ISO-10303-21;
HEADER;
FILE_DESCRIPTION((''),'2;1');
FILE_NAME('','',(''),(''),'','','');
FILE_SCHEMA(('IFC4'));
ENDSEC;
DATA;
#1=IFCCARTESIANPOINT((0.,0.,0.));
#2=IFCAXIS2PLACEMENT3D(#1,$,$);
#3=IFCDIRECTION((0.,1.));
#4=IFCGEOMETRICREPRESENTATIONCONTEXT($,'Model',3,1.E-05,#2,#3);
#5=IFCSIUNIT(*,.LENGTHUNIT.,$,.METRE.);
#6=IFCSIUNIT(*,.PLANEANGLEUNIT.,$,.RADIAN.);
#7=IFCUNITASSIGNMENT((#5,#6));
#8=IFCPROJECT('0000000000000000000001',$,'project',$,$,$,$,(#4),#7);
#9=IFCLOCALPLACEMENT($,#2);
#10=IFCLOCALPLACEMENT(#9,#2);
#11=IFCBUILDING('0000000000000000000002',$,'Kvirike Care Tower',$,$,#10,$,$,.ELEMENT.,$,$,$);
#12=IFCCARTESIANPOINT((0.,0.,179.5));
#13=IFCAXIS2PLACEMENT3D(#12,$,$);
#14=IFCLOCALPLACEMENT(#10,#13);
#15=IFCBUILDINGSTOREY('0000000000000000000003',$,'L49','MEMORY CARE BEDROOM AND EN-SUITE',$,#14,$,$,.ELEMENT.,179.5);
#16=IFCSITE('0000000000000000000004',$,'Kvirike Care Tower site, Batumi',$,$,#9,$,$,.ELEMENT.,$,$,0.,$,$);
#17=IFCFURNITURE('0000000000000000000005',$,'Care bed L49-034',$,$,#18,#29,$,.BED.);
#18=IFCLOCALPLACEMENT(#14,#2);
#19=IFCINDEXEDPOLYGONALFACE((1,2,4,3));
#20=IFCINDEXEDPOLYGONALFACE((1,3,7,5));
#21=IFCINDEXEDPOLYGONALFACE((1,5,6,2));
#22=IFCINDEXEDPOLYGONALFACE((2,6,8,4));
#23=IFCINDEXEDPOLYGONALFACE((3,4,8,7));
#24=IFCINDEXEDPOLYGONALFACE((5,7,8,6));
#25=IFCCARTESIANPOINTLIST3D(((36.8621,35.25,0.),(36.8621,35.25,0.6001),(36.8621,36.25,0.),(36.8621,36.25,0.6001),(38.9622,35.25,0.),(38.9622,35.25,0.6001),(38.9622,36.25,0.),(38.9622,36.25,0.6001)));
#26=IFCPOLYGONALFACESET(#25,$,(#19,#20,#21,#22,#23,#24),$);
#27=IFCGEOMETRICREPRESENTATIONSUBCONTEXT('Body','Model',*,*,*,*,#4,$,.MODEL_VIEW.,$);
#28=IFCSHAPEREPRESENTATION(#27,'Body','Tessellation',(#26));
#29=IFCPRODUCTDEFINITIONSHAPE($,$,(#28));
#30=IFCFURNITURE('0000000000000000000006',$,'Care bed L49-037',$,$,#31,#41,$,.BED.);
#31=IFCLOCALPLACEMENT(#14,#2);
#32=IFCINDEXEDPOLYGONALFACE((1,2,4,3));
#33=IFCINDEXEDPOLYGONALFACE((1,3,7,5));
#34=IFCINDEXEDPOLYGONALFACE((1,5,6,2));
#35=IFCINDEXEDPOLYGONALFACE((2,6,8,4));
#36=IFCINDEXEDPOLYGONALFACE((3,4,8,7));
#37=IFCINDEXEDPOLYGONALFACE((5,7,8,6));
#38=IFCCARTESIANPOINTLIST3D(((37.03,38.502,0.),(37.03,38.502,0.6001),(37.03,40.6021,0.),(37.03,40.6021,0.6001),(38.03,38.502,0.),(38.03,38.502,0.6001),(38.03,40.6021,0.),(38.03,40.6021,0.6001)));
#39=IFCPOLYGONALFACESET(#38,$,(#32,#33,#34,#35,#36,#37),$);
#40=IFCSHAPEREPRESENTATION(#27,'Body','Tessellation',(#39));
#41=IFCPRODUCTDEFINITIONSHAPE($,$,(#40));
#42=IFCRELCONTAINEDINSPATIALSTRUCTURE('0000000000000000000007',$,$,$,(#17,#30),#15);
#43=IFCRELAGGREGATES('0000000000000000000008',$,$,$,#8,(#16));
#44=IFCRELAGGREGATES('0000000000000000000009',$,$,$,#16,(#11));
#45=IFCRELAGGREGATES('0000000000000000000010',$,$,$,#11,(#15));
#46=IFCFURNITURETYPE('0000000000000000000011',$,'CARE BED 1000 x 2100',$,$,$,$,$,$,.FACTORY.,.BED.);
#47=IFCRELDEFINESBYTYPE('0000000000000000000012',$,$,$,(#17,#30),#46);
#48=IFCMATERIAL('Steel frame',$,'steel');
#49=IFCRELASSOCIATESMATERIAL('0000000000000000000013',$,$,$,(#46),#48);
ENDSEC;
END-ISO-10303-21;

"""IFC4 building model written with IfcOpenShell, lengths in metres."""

from ifc_helpers import new_model, si_unit, direction, frame, origin, origin_2d, place, context, subcontext, project, spatial, rectangle, extrude, material, type_object, element, save


model = new_model("IFC4")

# Units and contexts
model_context = context("Model", 3, precision=1e-05, world=origin(), true_north=direction((0.0, 1.0)))
body_context = subcontext(model_context, "Body", "Model", "MODEL_VIEW")
ifc_project = project(units=[si_unit("LENGTHUNIT", "METRE"), si_unit("PLANEANGLEUNIT", "RADIAN")], contexts=[model_context])

# Site, building, storey
site_placement = place(None, origin())
site = spatial("IfcSite", under=ifc_project, at=site_placement, Name="Kvirike Care Tower site, Batumi", CompositionType="ELEMENT", RefElevation=0.0)
building_placement = place(site_placement, origin())
building = spatial("IfcBuilding", under=site, at=building_placement, Name="Kvirike Care Tower", CompositionType="ELEMENT")
storey_placement = place(building_placement, frame((0.0, 0.0, 179.5)))
storey = spatial("IfcBuildingStorey", under=building, at=storey_placement, Name="L49", Description="MEMORY CARE BEDROOM AND EN-SUITE", CompositionType="ELEMENT", Elevation=179.5)

# Furniture
ifc_material_1 = material(Name="Steel frame", Category="steel")
furniture_type = type_object("IfcFurnitureType", Name="CARE BED 1000 x 2100", AssemblyPlace="FACTORY", PredefinedType="BED", material=ifc_material_1)
for number, where, z_axis, x_axis, name in (
    (1, (37.9121, 35.75, 0.0), (0.0, 0.0, 1.0), (0.0, 1.0, 0.0), "Care bed L49-034"),
    (2, (37.53, 39.552, 0.0), (0.0, 0.0, 1.0), (-1.0, 0.0, 0.0), "Care bed L49-037"),
):
    element("IfcFurniture", number, at=place(storey_placement, frame(where, z_axis=z_axis, x_axis=x_axis)), inside=storey, type_object=furniture_type, Name=name, PredefinedType="BED", context=body_context, shape_type="SweptSolid", body=[
        extrude(rectangle(XDim=1.0, YDim=2.1001, at=origin_2d()), origin(), (0.0, 0.0, 1.0), 0.6001),
    ])

save(model, "model.ifc")
